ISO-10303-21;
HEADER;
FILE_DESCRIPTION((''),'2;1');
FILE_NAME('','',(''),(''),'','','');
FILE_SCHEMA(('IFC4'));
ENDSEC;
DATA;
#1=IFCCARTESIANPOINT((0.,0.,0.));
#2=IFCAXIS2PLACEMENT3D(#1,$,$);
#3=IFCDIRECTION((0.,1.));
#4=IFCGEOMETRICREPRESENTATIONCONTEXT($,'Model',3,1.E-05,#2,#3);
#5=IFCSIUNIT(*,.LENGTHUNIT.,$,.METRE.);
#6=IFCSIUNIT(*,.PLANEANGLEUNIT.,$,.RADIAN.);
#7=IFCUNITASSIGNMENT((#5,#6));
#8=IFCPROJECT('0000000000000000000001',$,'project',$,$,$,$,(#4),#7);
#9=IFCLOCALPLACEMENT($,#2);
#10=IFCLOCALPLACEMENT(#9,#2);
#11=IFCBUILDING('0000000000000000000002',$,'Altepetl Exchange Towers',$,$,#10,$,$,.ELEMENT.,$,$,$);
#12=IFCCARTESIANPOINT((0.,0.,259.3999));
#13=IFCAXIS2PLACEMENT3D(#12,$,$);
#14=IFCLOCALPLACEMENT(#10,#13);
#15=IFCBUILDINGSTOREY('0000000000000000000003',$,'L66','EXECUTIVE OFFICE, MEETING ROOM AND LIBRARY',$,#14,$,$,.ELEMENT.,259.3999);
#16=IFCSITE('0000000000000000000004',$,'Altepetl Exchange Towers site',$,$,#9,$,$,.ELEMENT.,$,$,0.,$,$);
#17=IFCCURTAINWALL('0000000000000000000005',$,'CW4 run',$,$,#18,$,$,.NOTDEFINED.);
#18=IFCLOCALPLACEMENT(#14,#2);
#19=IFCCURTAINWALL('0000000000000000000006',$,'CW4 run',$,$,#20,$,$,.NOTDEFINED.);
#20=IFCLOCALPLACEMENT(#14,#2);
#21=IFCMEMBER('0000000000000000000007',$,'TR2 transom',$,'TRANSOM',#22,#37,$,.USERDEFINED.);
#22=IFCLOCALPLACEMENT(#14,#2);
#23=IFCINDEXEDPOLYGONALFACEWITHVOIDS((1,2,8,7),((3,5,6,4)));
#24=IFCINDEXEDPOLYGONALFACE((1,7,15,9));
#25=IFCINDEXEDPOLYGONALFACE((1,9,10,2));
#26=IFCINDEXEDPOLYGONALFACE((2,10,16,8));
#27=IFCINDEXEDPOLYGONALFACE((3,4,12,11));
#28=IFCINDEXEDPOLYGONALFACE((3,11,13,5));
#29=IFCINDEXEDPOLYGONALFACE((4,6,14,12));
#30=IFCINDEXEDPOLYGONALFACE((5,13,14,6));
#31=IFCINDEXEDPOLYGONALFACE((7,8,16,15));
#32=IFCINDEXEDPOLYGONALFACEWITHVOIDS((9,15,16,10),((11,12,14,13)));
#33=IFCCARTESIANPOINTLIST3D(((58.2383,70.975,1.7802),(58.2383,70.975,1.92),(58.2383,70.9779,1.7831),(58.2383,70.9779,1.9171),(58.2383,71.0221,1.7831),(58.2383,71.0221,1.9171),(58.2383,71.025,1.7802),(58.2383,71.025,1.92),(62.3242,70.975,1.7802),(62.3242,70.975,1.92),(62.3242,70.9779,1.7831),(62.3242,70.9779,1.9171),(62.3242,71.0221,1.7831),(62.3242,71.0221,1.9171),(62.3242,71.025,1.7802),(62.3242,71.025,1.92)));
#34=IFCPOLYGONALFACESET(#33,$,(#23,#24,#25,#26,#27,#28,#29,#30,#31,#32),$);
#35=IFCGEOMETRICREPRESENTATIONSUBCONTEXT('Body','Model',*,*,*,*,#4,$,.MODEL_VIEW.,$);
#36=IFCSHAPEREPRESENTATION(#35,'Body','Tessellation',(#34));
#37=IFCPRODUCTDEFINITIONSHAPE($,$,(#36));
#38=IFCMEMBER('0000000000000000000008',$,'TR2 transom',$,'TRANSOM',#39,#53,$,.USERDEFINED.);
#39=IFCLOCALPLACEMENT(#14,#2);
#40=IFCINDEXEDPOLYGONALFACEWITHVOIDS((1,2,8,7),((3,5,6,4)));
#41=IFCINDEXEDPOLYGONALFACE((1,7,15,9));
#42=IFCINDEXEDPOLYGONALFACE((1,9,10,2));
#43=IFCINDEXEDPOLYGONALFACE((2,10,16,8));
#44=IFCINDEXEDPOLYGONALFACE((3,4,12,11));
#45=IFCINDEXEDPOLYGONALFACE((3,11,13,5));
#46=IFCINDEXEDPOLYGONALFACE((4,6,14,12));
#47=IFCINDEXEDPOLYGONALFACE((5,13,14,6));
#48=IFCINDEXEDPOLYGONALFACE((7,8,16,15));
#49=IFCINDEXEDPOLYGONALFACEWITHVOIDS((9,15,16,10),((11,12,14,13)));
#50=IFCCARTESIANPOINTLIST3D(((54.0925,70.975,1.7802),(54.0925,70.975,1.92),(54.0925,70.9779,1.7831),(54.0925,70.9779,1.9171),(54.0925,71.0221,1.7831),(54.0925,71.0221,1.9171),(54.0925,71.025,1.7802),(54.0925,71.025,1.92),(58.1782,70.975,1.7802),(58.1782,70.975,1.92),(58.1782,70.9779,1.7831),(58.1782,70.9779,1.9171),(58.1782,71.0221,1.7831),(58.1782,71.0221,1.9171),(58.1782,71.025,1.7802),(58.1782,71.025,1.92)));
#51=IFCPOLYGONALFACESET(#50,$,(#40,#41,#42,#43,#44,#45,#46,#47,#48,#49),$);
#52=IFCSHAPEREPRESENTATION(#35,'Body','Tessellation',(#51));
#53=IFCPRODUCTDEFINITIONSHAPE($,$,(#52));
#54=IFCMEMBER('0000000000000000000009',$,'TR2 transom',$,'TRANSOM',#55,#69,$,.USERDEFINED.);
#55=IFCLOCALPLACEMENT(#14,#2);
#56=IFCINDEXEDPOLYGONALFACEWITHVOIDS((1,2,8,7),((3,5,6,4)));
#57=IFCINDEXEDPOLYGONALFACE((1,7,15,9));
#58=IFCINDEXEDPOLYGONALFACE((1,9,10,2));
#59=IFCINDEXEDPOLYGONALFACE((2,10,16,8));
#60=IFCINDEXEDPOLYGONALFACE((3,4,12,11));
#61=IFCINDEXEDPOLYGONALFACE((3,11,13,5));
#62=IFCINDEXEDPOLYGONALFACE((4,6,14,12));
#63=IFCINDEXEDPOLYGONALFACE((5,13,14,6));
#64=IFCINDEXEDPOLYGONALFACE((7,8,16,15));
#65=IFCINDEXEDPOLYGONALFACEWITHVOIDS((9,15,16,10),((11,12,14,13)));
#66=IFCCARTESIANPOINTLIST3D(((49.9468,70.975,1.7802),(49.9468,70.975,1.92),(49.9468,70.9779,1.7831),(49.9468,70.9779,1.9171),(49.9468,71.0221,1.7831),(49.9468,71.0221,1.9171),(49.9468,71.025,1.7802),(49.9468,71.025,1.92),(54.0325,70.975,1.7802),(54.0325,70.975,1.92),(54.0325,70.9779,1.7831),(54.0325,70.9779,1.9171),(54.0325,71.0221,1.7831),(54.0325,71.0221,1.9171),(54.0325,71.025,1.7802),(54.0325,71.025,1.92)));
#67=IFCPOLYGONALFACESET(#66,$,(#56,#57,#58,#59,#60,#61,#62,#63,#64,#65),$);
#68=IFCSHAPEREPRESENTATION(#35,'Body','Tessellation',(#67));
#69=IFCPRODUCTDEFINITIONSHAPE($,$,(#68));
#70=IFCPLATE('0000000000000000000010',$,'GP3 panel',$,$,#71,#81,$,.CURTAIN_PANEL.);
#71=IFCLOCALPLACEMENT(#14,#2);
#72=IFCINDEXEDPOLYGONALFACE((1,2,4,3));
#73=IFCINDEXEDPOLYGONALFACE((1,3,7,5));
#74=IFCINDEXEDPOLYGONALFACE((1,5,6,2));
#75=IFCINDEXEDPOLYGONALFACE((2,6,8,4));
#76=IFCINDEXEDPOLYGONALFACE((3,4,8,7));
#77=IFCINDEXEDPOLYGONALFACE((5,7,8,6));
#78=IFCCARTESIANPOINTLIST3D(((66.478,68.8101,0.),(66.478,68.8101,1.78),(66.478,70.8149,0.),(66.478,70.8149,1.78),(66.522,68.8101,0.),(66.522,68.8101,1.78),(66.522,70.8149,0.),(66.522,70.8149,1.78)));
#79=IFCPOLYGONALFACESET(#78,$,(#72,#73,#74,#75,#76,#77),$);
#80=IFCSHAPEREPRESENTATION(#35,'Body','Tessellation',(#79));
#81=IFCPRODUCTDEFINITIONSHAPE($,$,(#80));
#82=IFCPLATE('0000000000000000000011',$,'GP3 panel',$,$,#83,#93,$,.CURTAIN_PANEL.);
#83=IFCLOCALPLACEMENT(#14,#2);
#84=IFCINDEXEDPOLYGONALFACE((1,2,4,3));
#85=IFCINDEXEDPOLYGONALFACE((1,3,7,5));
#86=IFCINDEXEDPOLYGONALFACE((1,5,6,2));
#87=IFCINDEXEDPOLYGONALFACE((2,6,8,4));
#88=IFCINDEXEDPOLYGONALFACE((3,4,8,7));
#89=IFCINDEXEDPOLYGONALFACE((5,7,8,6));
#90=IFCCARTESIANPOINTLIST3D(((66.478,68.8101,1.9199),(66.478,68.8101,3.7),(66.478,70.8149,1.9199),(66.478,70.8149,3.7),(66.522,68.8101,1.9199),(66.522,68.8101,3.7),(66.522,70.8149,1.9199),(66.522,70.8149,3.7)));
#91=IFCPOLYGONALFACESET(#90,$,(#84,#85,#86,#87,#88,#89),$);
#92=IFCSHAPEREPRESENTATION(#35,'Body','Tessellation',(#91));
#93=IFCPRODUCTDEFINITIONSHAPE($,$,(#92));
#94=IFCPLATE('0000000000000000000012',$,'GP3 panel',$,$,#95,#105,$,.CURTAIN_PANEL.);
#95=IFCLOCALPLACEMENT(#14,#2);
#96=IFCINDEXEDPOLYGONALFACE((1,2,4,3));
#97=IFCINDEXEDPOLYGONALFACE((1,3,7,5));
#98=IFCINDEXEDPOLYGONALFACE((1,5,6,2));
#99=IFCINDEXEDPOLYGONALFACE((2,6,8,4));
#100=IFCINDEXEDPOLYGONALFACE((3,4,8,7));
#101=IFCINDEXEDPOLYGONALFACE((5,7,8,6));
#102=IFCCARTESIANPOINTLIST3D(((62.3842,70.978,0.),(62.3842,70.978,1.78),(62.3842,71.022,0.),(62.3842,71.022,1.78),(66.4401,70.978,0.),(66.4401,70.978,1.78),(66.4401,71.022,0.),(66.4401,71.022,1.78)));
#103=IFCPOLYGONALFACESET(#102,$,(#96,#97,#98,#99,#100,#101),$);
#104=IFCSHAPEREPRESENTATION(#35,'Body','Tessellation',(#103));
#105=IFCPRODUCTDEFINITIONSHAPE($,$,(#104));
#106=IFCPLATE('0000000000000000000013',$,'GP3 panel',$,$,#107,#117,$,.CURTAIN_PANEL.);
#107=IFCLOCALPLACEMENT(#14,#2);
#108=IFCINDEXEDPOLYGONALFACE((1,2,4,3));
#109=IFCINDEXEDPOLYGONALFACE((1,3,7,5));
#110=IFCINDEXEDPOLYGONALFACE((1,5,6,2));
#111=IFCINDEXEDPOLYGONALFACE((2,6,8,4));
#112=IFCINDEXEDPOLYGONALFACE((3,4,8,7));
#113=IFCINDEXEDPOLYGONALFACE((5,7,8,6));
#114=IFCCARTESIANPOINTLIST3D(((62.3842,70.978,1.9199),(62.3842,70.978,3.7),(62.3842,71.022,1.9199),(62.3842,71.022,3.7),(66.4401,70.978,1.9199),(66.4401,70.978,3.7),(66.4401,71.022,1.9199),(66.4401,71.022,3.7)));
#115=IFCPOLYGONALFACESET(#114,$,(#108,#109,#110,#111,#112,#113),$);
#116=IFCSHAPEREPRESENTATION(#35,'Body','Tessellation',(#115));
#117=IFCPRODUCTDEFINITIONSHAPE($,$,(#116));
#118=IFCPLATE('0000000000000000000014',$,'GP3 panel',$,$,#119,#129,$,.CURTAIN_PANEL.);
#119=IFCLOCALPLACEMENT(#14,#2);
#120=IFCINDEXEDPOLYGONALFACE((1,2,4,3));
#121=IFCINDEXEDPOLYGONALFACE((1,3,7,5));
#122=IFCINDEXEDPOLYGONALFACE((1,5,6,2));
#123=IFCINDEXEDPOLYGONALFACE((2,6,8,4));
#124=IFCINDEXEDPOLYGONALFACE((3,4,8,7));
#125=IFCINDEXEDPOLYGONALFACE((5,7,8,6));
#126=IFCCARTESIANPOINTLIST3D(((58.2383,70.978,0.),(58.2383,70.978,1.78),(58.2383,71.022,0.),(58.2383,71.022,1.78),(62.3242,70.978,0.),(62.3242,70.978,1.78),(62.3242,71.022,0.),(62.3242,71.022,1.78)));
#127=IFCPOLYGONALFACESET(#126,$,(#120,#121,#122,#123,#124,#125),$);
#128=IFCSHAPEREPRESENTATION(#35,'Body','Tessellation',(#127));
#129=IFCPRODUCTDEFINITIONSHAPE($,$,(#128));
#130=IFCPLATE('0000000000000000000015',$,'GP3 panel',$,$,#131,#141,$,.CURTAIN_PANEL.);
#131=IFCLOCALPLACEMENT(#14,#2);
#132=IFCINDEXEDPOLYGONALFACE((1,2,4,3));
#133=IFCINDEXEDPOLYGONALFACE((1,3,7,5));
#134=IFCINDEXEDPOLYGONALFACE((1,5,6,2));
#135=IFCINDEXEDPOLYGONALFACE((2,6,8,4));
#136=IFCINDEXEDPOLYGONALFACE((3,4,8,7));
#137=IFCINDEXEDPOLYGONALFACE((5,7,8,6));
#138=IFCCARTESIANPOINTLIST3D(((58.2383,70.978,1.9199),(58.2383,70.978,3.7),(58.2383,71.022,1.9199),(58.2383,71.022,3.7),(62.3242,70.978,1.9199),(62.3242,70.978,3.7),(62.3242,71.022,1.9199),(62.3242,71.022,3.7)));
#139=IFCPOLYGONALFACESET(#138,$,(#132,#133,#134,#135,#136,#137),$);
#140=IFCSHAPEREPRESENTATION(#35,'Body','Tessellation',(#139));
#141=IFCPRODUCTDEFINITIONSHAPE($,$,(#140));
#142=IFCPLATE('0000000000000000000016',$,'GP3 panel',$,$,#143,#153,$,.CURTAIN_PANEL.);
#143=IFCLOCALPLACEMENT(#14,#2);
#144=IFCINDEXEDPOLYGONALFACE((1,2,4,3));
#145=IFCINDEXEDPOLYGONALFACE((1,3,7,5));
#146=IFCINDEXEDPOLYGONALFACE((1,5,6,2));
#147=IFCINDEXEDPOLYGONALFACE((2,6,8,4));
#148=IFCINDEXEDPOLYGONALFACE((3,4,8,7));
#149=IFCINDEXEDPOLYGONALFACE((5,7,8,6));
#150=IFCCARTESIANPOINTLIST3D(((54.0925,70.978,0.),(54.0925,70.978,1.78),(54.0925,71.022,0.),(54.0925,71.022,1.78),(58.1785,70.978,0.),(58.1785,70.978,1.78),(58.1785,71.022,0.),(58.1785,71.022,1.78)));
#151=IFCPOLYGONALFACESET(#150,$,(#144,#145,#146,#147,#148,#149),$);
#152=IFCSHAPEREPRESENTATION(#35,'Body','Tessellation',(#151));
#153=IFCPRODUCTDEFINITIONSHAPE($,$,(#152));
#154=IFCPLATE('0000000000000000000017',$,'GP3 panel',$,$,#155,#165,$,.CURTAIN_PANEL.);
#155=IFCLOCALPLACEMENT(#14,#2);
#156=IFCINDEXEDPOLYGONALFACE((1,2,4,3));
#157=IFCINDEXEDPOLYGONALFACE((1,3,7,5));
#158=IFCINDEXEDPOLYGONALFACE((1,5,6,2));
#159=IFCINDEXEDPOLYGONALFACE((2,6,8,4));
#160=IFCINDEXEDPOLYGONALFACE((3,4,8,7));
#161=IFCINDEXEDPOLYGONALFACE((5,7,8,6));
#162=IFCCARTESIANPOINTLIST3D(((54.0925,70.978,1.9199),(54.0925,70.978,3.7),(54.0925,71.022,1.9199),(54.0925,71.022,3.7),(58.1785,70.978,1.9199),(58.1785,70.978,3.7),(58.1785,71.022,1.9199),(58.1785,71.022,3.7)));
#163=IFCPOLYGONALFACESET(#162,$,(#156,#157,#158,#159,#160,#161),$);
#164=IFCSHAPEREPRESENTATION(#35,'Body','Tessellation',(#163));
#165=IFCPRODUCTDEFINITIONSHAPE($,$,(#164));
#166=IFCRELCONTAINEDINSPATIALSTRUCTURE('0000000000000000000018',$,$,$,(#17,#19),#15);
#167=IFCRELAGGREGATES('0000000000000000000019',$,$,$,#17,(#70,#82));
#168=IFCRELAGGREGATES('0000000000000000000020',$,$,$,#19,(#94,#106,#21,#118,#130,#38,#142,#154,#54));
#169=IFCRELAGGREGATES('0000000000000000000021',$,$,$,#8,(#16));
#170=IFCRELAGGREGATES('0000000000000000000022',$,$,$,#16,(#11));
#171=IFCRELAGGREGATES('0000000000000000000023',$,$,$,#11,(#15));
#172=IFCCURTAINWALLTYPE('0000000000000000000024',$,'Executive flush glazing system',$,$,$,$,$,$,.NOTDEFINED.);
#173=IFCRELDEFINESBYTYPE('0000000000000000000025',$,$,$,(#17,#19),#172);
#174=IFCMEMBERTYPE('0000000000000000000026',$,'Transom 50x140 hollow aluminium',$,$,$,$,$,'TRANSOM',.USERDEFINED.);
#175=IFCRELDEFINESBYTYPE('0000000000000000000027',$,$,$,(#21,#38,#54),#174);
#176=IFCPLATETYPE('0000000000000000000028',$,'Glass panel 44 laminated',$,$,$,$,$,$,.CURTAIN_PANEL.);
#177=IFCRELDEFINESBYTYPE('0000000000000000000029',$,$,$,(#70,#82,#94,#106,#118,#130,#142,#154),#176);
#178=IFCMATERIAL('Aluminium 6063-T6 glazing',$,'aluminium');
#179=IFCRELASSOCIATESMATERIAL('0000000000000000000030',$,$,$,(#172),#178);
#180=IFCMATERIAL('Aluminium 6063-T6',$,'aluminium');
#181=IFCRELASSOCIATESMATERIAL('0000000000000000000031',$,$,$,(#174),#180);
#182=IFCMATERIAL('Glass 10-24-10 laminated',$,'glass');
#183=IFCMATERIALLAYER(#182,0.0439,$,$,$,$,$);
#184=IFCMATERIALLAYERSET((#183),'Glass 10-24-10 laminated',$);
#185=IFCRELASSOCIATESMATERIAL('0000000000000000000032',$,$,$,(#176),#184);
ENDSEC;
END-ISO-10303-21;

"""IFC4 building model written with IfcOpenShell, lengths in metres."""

from ifc_helpers import new_model, si_unit, direction, frame, origin, origin_2d, place, context, subcontext, project, spatial, rectangle, hollow_rectangle, extrude, material, layer, layer_set, material_profile, profile_set, type_object, element, aggregate, save


model = new_model("IFC4")

# Units and contexts
model_context = context("Model", 3, precision=1e-05, world=origin(), true_north=direction((0.0, 1.0)))
body_context = subcontext(model_context, "Body", "Model", "MODEL_VIEW")
ifc_project = project(units=[si_unit("LENGTHUNIT", "METRE"), si_unit("PLANEANGLEUNIT", "RADIAN")], contexts=[model_context])

# Site, building, storey
site_placement = place(None, origin())
site = spatial("IfcSite", under=ifc_project, at=site_placement, Name="Altepetl Exchange Towers site", CompositionType="ELEMENT", RefElevation=0.0)
building_placement = place(site_placement, origin())
building = spatial("IfcBuilding", under=site, at=building_placement, Name="Altepetl Exchange Towers", CompositionType="ELEMENT")
storey_placement = place(building_placement, frame((0.0, 0.0, 259.3999)))
storey = spatial("IfcBuildingStorey", under=building, at=storey_placement, Name="L66", Description="EXECUTIVE OFFICE, MEETING ROOM AND LIBRARY", CompositionType="ELEMENT", Elevation=259.3999)

# Curtain wall
ifc_material_1 = material(Name="Aluminium 6063-T6 glazing", Category="aluminium")
curtain_wall_type = type_object("IfcCurtainWallType", Name="Executive flush glazing system", PredefinedType="NOTDEFINED", material=ifc_material_1)
curtain_wall_1_placement = place(storey_placement, origin())
curtain_wall_1 = element("IfcCurtainWall", 1, at=curtain_wall_1_placement, inside=storey, type_object=curtain_wall_type, Name="CW4 run", PredefinedType="NOTDEFINED")
ifc_material_2 = material(Name="Aluminium 6063-T6", Category="aluminium")

# Curtain wall
curtain_wall_2_placement = place(storey_placement, origin())
curtain_wall_2 = element("IfcCurtainWall", 2, at=curtain_wall_2_placement, inside=storey, type_object=curtain_wall_type, Name="CW4 run", PredefinedType="NOTDEFINED")

# Members
ifc_material_profile_1 = material_profile(ifc_material_2, hollow_rectangle(XDim=0.05, YDim=0.1399, WallThickness=0.0029, at=origin_2d()), Name="Transom 50x140 hollow aluminium")
ifc_profile_set_1 = profile_set([ifc_material_profile_1], Name="Aluminium 6063-T6")
member_type_1 = type_object("IfcMemberType", Name="Transom 50x140 hollow aluminium", ElementType="TRANSOM", PredefinedType="USERDEFINED", material=ifc_profile_set_1)
member_1_placement = place(storey_placement, frame((62.3242, 71.0, 1.8501), z_axis=(-1.0, 0.0, 0.0), x_axis=(0.0, -1.0, 0.0)))
member_1 = element("IfcMember", 3, at=member_1_placement, type_object=member_type_1, Name="TR2 transom", ObjectType="TRANSOM", PredefinedType="USERDEFINED", context=body_context, shape_type="SweptSolid", body=[
    extrude(hollow_rectangle(XDim=0.05, YDim=0.1399, WallThickness=0.0029, at=origin_2d()), origin(), (0.0, 0.0, 1.0), 4.0859),
])
member_2_placement = place(storey_placement, frame((58.1782, 71.0, 1.8501), z_axis=(-1.0, 0.0, 0.0), x_axis=(0.0, -1.0, 0.0)))
member_2 = element("IfcMember", 4, at=member_2_placement, type_object=member_type_1, Name="TR2 transom", ObjectType="TRANSOM", PredefinedType="USERDEFINED", context=body_context, shape_type="SweptSolid", body=[
    extrude(hollow_rectangle(XDim=0.05, YDim=0.1399, WallThickness=0.0029, at=origin_2d()), origin(), (0.0, 0.0, 1.0), 4.0857),
])
member_3_placement = place(storey_placement, frame((54.0325, 71.0, 1.8501), z_axis=(-1.0, 0.0, 0.0), x_axis=(0.0, -1.0, 0.0)))
member_3 = element("IfcMember", 5, at=member_3_placement, type_object=member_type_1, Name="TR2 transom", ObjectType="TRANSOM", PredefinedType="USERDEFINED", context=body_context, shape_type="SweptSolid", body=[
    extrude(hollow_rectangle(XDim=0.05, YDim=0.1399, WallThickness=0.0029, at=origin_2d()), origin(), (0.0, 0.0, 1.0), 4.0857),
])

# Plates
ifc_material_3 = material(Name="Glass 10-24-10 laminated", Category="glass")
ifc_layer = layer(ifc_material_3, 0.0439)
ifc_layer_set = layer_set([ifc_layer], Name="Glass 10-24-10 laminated")
plate_type = type_object("IfcPlateType", Name="Glass panel 44 laminated", PredefinedType="CURTAIN_PANEL", material=ifc_layer_set)
plate_1_placement = place(storey_placement, frame((66.5, 69.8125, 0.0), z_axis=(0.0, 0.0, 1.0), x_axis=(0.0, 1.0, 0.0)))
plate_1 = element("IfcPlate", 6, at=plate_1_placement, type_object=plate_type, Name="GP3 panel", PredefinedType="CURTAIN_PANEL", context=body_context, shape_type="SweptSolid", body=[
    extrude(rectangle(XDim=2.0049, YDim=0.0439, at=origin_2d()), origin(), (0.0, 0.0, 1.0), 1.78),
])
plate_2_placement = place(storey_placement, frame((66.5, 69.8125, 1.9199), z_axis=(0.0, 0.0, 1.0), x_axis=(0.0, 1.0, 0.0)))
plate_2 = element("IfcPlate", 7, at=plate_2_placement, type_object=plate_type, Name="GP3 panel", PredefinedType="CURTAIN_PANEL", context=body_context, shape_type="SweptSolid", body=[
    extrude(rectangle(XDim=2.0049, YDim=0.0439, at=origin_2d()), origin(), (0.0, 0.0, 1.0), 1.78),
])
aggregate(curtain_wall_1, [plate_1, plate_2])
plate_3_placement = place(storey_placement, frame((64.4121, 71.0, 0.0), z_axis=(0.0, 0.0, 1.0), x_axis=(-1.0, 0.0, 0.0)))
plate_3 = element("IfcPlate", 8, at=plate_3_placement, type_object=plate_type, Name="GP3 panel", PredefinedType="CURTAIN_PANEL", context=body_context, shape_type="SweptSolid", body=[
    extrude(rectangle(XDim=4.0559, YDim=0.0439, at=origin_2d()), origin(), (0.0, 0.0, 1.0), 1.78),
])
plate_4_placement = place(storey_placement, frame((64.4121, 71.0, 1.9199), z_axis=(0.0, 0.0, 1.0), x_axis=(-1.0, 0.0, 0.0)))
plate_4 = element("IfcPlate", 9, at=plate_4_placement, type_object=plate_type, Name="GP3 panel", PredefinedType="CURTAIN_PANEL", context=body_context, shape_type="SweptSolid", body=[
    extrude(rectangle(XDim=4.0559, YDim=0.0439, at=origin_2d()), origin(), (0.0, 0.0, 1.0), 1.78),
])
plate_5_placement = place(storey_placement, frame((60.2812, 71.0, 0.0), z_axis=(0.0, 0.0, 1.0), x_axis=(-1.0, 0.0, 0.0)))
plate_5 = element("IfcPlate", 10, at=plate_5_placement, type_object=plate_type, Name="GP3 panel", PredefinedType="CURTAIN_PANEL", context=body_context, shape_type="SweptSolid", body=[
    extrude(rectangle(XDim=4.0859, YDim=0.0439, at=origin_2d()), origin(), (0.0, 0.0, 1.0), 1.78),
])
plate_6_placement = place(storey_placement, frame((60.2812, 71.0, 1.9199), z_axis=(0.0, 0.0, 1.0), x_axis=(-1.0, 0.0, 0.0)))
plate_6 = element("IfcPlate", 11, at=plate_6_placement, type_object=plate_type, Name="GP3 panel", PredefinedType="CURTAIN_PANEL", context=body_context, shape_type="SweptSolid", body=[
    extrude(rectangle(XDim=4.0859, YDim=0.0439, at=origin_2d()), origin(), (0.0, 0.0, 1.0), 1.78),
])
plate_7_placement = place(storey_placement, frame((56.1355, 71.0, 0.0), z_axis=(0.0, 0.0, 1.0), x_axis=(-1.0, 0.0, 0.0)))
plate_7 = element("IfcPlate", 12, at=plate_7_placement, type_object=plate_type, Name="GP3 panel", PredefinedType="CURTAIN_PANEL", context=body_context, shape_type="SweptSolid", body=[
    extrude(rectangle(XDim=4.0859, YDim=0.0439, at=origin_2d()), origin(), (0.0, 0.0, 1.0), 1.78),
])
plate_8_placement = place(storey_placement, frame((56.1355, 71.0, 1.9199), z_axis=(0.0, 0.0, 1.0), x_axis=(-1.0, 0.0, 0.0)))
plate_8 = element("IfcPlate", 13, at=plate_8_placement, type_object=plate_type, Name="GP3 panel", PredefinedType="CURTAIN_PANEL", context=body_context, shape_type="SweptSolid", body=[
    extrude(rectangle(XDim=4.0859, YDim=0.0439, at=origin_2d()), origin(), (0.0, 0.0, 1.0), 1.78),
])
aggregate(curtain_wall_2, [plate_3, plate_4, member_1, plate_5, plate_6, member_2, plate_7, plate_8, member_3])

save(model, "model.ifc")
